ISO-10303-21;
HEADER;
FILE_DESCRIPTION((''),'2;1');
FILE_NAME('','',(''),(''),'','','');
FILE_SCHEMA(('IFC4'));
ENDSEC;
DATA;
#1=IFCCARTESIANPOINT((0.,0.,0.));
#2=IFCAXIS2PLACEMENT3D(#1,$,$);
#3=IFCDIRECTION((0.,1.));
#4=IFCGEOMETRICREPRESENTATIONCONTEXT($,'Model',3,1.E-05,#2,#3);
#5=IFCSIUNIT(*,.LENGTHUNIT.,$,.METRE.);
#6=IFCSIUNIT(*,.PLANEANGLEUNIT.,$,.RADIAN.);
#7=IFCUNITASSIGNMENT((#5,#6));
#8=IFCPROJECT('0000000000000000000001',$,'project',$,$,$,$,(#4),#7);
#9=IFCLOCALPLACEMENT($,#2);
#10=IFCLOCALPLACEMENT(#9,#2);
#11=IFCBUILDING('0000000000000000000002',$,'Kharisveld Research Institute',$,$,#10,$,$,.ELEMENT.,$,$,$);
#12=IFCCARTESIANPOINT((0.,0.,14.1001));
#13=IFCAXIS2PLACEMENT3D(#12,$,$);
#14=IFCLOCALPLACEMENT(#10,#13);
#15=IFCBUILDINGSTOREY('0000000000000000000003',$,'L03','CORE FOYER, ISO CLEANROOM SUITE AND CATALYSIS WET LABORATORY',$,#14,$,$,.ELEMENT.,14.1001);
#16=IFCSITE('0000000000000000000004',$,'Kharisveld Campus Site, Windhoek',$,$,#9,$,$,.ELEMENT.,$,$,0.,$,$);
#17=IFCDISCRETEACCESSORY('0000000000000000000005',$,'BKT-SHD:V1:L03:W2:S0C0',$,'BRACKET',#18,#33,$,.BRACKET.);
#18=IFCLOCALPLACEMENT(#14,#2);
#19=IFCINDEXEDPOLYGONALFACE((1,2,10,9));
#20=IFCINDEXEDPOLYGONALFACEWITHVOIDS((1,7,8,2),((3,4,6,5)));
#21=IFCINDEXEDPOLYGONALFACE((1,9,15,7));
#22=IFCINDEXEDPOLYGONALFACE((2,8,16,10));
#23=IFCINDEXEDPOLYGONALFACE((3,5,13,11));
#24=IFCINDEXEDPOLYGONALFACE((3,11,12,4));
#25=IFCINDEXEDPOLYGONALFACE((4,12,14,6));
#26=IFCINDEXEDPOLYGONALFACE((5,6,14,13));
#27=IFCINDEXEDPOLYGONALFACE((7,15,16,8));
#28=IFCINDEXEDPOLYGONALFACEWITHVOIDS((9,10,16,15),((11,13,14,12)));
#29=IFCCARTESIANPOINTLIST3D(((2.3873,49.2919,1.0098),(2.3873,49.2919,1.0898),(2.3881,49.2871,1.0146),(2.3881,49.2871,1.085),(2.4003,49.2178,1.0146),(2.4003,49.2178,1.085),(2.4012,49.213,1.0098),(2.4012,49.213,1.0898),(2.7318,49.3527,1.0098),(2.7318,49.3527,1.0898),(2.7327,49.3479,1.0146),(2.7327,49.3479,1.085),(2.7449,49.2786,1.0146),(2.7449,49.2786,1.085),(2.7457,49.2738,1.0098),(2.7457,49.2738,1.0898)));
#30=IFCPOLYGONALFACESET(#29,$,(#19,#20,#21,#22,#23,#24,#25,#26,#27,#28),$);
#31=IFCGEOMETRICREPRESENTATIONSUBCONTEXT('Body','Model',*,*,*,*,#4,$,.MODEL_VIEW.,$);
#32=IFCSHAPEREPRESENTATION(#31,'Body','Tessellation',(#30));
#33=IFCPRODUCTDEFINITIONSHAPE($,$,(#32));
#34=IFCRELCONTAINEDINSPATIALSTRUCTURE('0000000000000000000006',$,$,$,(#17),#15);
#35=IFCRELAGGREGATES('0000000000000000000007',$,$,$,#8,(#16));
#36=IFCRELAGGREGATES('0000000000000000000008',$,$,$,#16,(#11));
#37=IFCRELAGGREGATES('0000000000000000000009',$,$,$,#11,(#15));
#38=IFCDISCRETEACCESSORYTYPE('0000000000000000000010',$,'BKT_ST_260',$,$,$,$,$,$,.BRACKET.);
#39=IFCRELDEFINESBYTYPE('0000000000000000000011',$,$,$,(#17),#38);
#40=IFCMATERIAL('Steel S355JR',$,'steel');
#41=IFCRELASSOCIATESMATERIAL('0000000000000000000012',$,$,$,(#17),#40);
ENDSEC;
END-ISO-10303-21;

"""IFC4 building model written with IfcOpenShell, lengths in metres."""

from ifc_helpers import new_model, si_unit, direction, frame, origin, origin_2d, place, context, subcontext, project, spatial, hollow_rectangle, extrude, material, type_object, element, save


model = new_model("IFC4")

# Units and contexts
model_context = context("Model", 3, precision=1e-05, world=origin(), true_north=direction((0.0, 1.0)))
body_context = subcontext(model_context, "Body", "Model", "MODEL_VIEW")
ifc_project = project(units=[si_unit("LENGTHUNIT", "METRE"), si_unit("PLANEANGLEUNIT", "RADIAN")], contexts=[model_context])

# Site, building, storey
site_placement = place(None, origin())
site = spatial("IfcSite", under=ifc_project, at=site_placement, Name="Kharisveld Campus Site, Windhoek", CompositionType="ELEMENT", RefElevation=0.0)
building_placement = place(site_placement, origin())
building = spatial("IfcBuilding", under=site, at=building_placement, Name="Kharisveld Research Institute", CompositionType="ELEMENT")
storey_placement = place(building_placement, frame((0.0, 0.0, 14.1001)))
storey = spatial("IfcBuildingStorey", under=building, at=storey_placement, Name="L03", Description="CORE FOYER, ISO CLEANROOM SUITE AND CATALYSIS WET LABORATORY", CompositionType="ELEMENT", Elevation=14.1001)

# Discrete accessory
ifc_material_1 = material(Name="Steel S355JR", Category="steel")
discrete_accessory_type = type_object("IfcDiscreteAccessoryType", Name="BKT_ST_260", PredefinedType="BRACKET")
discrete_accessory_placement = place(storey_placement, frame((2.7388, 49.3132, 1.0498), z_axis=(-0.984784, -0.173785, 0.0), x_axis=(0.173785, -0.984784, 0.0)))
element("IfcDiscreteAccessory", 1, at=discrete_accessory_placement, inside=storey, type_object=discrete_accessory_type, material=ifc_material_1, Name="BKT-SHD:V1:L03:W2:S0C0", ObjectType="BRACKET", PredefinedType="BRACKET", context=body_context, shape_type="SweptSolid", body=[
    extrude(hollow_rectangle(XDim=0.0801, YDim=0.0801, WallThickness=0.0049, at=origin_2d()), origin(), (0.0, 0.0, 1.0), 0.3499),
])

save(model, "model.ifc")
